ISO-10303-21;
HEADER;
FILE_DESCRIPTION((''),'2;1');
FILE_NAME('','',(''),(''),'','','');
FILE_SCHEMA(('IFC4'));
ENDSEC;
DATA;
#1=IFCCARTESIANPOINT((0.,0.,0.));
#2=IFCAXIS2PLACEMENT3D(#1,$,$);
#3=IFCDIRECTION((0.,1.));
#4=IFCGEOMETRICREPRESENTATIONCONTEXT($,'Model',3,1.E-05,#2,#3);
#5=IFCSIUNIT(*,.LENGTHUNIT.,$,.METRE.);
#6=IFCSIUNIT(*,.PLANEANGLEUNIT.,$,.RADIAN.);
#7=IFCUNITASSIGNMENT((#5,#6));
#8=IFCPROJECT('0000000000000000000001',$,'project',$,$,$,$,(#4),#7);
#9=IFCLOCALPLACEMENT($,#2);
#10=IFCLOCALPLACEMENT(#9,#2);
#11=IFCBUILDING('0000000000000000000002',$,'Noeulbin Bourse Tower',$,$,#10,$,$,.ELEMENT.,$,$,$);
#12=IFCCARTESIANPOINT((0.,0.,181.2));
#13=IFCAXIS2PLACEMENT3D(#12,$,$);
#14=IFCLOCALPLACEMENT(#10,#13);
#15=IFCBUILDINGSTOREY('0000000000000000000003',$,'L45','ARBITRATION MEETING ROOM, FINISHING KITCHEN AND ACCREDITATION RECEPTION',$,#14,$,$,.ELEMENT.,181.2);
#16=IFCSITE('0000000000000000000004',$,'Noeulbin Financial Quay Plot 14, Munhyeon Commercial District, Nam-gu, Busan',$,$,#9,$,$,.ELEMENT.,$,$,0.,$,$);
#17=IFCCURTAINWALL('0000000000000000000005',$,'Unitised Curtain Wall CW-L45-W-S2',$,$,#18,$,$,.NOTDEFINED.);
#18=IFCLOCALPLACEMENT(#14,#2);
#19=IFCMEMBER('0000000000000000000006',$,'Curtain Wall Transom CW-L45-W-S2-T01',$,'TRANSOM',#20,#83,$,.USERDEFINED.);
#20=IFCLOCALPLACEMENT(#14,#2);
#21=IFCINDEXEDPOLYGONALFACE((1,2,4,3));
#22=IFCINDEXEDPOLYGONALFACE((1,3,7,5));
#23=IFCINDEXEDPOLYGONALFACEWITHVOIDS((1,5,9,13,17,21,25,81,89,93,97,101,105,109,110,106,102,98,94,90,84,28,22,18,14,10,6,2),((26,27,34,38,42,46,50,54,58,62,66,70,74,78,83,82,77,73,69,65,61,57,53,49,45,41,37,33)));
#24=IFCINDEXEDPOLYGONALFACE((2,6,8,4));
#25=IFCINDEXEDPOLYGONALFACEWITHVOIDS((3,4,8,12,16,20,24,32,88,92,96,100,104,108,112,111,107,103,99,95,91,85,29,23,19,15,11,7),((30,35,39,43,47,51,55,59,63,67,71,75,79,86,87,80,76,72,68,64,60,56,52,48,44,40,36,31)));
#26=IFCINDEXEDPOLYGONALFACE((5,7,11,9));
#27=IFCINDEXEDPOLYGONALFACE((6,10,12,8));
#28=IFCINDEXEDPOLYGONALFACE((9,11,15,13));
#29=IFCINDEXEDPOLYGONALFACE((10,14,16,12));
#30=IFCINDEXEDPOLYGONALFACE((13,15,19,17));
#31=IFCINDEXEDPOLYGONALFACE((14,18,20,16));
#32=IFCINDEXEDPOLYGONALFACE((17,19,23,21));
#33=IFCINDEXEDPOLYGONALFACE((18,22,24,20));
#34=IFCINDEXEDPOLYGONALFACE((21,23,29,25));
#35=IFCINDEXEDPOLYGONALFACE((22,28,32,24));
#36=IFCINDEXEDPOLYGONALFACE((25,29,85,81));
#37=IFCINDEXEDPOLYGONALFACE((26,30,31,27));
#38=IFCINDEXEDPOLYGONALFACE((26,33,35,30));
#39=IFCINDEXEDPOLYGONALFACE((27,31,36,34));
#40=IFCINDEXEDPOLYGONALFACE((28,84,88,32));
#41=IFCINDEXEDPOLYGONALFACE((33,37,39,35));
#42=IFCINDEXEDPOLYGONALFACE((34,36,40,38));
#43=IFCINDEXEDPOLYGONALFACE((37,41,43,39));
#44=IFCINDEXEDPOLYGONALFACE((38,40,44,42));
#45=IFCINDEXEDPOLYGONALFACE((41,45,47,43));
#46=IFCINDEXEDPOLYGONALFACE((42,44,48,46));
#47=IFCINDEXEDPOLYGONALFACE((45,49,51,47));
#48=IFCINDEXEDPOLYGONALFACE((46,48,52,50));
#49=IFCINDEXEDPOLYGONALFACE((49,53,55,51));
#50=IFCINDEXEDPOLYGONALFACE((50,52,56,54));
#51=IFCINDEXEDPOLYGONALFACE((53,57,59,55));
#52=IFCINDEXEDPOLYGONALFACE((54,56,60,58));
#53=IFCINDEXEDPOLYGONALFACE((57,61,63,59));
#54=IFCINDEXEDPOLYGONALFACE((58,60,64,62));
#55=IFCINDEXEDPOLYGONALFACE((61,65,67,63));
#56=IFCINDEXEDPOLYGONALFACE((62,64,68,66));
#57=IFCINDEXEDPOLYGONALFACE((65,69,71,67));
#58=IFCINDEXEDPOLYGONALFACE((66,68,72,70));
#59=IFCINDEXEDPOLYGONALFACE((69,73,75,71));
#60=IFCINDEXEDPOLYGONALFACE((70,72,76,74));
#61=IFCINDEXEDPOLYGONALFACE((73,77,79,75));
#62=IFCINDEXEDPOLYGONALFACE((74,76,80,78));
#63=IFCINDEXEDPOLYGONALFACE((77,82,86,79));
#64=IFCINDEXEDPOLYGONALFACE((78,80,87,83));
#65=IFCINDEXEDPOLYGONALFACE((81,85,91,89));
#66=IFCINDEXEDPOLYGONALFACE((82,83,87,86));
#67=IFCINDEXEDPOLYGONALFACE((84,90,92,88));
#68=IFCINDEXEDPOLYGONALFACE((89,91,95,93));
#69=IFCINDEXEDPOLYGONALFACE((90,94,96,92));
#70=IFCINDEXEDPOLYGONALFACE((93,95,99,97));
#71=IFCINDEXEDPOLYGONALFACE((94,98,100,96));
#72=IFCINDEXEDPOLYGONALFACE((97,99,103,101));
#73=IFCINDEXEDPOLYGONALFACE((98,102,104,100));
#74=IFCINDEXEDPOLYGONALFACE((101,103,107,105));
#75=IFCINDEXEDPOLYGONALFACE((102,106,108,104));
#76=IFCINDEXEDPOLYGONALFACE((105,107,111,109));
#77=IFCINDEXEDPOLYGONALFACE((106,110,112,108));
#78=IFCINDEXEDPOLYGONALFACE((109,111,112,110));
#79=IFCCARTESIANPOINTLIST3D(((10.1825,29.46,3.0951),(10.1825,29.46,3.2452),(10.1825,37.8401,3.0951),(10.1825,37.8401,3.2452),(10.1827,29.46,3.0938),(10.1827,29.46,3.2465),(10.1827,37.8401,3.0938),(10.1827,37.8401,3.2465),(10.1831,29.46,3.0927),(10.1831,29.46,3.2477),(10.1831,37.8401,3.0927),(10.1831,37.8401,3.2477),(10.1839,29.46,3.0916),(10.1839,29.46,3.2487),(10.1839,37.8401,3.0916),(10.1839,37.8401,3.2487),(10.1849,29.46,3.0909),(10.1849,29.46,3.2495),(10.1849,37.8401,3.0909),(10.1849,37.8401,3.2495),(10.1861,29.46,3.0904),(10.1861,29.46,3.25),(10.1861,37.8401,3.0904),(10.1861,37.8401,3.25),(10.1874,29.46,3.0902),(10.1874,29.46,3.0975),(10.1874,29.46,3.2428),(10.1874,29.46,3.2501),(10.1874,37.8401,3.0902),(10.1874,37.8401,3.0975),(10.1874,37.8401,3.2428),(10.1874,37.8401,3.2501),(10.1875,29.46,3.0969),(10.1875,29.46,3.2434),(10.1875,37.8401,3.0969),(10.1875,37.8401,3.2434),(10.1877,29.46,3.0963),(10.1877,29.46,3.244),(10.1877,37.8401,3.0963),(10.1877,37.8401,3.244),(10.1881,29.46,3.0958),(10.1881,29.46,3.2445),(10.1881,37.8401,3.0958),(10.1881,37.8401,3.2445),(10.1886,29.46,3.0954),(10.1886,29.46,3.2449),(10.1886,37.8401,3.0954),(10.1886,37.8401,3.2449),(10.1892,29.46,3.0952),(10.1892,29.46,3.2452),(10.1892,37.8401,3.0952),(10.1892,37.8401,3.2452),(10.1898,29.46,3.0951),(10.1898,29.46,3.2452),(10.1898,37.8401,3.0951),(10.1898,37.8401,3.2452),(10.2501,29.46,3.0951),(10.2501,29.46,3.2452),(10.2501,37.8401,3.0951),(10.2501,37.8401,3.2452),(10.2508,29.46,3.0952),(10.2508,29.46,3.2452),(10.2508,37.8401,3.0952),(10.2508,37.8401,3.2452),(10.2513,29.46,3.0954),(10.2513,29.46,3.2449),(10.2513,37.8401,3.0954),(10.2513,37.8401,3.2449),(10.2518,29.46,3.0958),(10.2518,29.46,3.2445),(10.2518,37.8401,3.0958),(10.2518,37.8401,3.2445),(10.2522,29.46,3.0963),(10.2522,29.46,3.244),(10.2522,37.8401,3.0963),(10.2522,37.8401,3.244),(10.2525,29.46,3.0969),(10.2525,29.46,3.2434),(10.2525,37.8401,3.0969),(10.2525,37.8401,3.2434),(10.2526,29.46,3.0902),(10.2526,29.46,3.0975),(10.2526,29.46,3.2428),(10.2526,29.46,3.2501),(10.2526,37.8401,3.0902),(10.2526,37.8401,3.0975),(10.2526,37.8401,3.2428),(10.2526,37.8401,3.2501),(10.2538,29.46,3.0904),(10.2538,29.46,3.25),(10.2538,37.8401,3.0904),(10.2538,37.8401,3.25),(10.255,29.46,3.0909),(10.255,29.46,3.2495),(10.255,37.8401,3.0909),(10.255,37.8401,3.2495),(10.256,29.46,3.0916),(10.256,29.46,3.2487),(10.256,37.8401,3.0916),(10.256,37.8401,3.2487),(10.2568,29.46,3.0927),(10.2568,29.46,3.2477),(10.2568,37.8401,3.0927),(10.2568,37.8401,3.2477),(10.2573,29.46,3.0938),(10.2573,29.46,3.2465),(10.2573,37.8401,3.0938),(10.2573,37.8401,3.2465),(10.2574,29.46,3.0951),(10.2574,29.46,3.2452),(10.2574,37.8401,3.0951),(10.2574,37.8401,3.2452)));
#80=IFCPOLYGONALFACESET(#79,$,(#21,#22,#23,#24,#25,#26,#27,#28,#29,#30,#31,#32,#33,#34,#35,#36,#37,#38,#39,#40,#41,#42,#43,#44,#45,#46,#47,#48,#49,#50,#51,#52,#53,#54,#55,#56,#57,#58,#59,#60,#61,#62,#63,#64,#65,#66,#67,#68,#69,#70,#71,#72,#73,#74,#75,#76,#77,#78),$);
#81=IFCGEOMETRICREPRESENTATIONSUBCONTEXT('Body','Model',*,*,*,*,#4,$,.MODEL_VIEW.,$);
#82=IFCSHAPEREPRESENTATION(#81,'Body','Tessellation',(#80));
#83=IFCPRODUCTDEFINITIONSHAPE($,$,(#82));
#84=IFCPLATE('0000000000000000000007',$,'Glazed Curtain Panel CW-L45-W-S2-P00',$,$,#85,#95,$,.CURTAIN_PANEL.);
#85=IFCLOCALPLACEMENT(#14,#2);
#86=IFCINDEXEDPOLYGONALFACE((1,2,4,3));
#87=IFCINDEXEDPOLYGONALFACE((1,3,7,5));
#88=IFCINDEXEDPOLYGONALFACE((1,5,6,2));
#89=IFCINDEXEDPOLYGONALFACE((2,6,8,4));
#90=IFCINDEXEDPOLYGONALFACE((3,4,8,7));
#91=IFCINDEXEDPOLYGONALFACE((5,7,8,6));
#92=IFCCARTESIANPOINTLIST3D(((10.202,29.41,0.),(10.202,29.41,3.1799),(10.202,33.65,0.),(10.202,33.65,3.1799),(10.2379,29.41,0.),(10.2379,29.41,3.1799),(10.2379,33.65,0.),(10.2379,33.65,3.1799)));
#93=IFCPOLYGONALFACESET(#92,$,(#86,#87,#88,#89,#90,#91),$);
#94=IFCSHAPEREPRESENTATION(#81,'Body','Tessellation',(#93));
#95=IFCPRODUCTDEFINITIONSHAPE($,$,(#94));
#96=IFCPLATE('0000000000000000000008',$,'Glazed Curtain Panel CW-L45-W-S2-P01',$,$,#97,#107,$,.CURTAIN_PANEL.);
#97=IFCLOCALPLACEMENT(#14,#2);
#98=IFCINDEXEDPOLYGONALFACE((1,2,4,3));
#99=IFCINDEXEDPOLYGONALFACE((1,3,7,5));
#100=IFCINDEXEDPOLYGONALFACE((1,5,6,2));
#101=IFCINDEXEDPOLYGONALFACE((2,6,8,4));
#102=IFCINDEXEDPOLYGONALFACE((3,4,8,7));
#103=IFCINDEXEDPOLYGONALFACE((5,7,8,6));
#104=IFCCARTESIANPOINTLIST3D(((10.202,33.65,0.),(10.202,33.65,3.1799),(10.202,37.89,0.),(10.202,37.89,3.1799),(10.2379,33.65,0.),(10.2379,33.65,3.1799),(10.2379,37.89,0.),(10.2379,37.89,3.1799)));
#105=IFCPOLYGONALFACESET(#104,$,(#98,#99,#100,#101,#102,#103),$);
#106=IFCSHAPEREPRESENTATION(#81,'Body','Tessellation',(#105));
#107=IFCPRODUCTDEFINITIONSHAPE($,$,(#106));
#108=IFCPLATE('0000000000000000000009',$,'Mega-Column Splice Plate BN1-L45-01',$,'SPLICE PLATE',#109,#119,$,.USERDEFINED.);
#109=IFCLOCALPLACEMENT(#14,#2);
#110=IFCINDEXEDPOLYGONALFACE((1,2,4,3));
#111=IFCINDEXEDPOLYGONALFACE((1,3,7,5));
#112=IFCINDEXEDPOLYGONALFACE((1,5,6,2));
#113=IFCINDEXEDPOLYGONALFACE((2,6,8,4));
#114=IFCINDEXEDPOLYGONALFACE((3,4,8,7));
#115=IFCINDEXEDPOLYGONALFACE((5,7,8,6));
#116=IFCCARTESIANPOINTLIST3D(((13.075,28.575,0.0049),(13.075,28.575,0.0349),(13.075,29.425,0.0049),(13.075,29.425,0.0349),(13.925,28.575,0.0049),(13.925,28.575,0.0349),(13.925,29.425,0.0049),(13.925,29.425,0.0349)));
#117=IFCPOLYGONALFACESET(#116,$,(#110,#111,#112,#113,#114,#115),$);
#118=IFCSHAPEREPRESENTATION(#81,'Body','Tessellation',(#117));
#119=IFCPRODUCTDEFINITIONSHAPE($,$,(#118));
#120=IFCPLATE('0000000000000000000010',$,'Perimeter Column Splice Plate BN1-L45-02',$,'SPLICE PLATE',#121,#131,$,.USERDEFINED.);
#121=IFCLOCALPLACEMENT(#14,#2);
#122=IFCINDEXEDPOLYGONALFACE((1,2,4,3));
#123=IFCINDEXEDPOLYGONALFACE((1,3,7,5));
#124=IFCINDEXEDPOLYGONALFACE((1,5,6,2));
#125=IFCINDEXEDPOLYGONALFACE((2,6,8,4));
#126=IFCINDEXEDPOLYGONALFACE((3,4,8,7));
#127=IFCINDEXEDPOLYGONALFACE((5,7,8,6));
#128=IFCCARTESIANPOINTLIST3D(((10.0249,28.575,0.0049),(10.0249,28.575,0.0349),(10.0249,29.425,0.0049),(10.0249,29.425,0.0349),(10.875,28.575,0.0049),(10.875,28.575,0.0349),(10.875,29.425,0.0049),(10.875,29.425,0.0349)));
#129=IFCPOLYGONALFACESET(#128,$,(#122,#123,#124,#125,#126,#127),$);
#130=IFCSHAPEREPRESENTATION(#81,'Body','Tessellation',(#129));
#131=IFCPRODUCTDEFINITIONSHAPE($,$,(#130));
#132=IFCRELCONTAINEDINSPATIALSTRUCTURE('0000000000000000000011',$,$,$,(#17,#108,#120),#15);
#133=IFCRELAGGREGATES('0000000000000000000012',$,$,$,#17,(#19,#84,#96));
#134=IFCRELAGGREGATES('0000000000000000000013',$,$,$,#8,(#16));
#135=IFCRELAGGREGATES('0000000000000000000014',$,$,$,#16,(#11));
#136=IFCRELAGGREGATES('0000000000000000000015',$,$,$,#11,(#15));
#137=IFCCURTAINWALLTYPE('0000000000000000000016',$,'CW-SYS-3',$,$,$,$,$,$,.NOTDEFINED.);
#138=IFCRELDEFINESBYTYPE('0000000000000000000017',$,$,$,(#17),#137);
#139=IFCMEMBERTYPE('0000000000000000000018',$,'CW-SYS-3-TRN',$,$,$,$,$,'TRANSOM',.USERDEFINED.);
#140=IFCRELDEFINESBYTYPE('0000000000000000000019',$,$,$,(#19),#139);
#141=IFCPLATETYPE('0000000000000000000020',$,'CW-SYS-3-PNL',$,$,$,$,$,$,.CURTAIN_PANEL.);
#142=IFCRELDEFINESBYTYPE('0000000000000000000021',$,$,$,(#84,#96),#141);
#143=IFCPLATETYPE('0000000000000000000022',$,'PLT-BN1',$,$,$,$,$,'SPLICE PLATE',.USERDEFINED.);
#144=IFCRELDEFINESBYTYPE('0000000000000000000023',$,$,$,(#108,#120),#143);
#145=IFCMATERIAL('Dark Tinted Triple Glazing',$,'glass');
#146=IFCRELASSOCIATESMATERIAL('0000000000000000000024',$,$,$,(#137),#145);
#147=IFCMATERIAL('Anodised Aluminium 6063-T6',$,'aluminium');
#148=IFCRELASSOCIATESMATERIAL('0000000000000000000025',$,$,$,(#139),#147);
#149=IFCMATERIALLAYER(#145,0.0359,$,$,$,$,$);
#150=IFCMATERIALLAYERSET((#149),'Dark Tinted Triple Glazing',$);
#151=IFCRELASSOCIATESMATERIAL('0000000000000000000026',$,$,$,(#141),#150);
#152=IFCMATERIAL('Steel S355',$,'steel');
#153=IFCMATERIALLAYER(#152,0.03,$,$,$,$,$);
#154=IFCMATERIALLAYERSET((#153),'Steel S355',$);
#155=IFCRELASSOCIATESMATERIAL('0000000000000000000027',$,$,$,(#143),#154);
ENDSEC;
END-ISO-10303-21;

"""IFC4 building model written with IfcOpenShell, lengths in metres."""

from ifc_helpers import new_model, si_unit, direction, frame, origin, origin_2d, place, context, subcontext, project, spatial, rectangle, hollow_rectangle, extrude, material, layer, layer_set, material_profile, profile_set, type_object, element, aggregate, save


model = new_model("IFC4")

# Units and contexts
model_context = context("Model", 3, precision=1e-05, world=origin(), true_north=direction((0.0, 1.0)))
body_context = subcontext(model_context, "Body", "Model", "MODEL_VIEW")
ifc_project = project(units=[si_unit("LENGTHUNIT", "METRE"), si_unit("PLANEANGLEUNIT", "RADIAN")], contexts=[model_context])

# Site, building, storey
site_placement = place(None, origin())
site = spatial("IfcSite", under=ifc_project, at=site_placement, Name="Noeulbin Financial Quay Plot 14, Munhyeon Commercial District, Nam-gu, Busan", CompositionType="ELEMENT", RefElevation=0.0)
building_placement = place(site_placement, origin())
building = spatial("IfcBuilding", under=site, at=building_placement, Name="Noeulbin Bourse Tower", CompositionType="ELEMENT")
storey_placement = place(building_placement, frame((0.0, 0.0, 181.2)))
storey = spatial("IfcBuildingStorey", under=building, at=storey_placement, Name="L45", Description="ARBITRATION MEETING ROOM, FINISHING KITCHEN AND ACCREDITATION RECEPTION", CompositionType="ELEMENT", Elevation=181.2)

# Shared definitions
ifc_material_1 = material(Name="Steel S355", Category="steel")

# Curtain wall, member, plates
ifc_material_2 = material(Name="Dark Tinted Triple Glazing", Category="glass")
curtain_wall_type = type_object("IfcCurtainWallType", Name="CW-SYS-3", PredefinedType="NOTDEFINED", material=ifc_material_2)
curtain_wall_placement = place(storey_placement, origin())
curtain_wall = element("IfcCurtainWall", 1, at=curtain_wall_placement, inside=storey, type_object=curtain_wall_type, Name="Unitised Curtain Wall CW-L45-W-S2", PredefinedType="NOTDEFINED")
ifc_material_3 = material(Name="Anodised Aluminium 6063-T6", Category="aluminium")
ifc_material_profile_1 = material_profile(ifc_material_3, hollow_rectangle(XDim=0.075, YDim=0.1599, WallThickness=0.0049, InnerFilletRadius=0.0024, OuterFilletRadius=0.0049, at=origin_2d()), Name="ALU-TRAN-75x160x5", Category="LoadBearing")
ifc_profile_set_1 = profile_set([ifc_material_profile_1], Name="Anodised Aluminium 6063-T6")
member_type_1 = type_object("IfcMemberType", Name="CW-SYS-3-TRN", ElementType="TRANSOM", PredefinedType="USERDEFINED", material=ifc_profile_set_1)
member_1_placement = place(storey_placement, frame((10.22, 29.46, 3.1702), z_axis=(0.0, 1.0, 0.0), x_axis=(-1.0, 0.0, 0.0)))
member_1 = element("IfcMember", 2, at=member_1_placement, type_object=member_type_1, Name="Curtain Wall Transom CW-L45-W-S2-T01", ObjectType="TRANSOM", PredefinedType="USERDEFINED", context=body_context, shape_type="SweptSolid", body=[
    extrude(hollow_rectangle(XDim=0.075, YDim=0.1599, WallThickness=0.0049, InnerFilletRadius=0.0024, OuterFilletRadius=0.0049, at=origin_2d()), origin(), (0.0, 0.0, 1.0), 8.3801),
])
ifc_layer_1 = layer(ifc_material_2, 0.0359)
ifc_layer_set_1 = layer_set([ifc_layer_1], Name="Dark Tinted Triple Glazing")
plate_type_1 = type_object("IfcPlateType", Name="CW-SYS-3-PNL", PredefinedType="CURTAIN_PANEL", material=ifc_layer_set_1)
plate_1_placement = place(storey_placement, frame((10.22, 31.53, 0.0), z_axis=(0.0, 0.0, 1.0), x_axis=(0.0, 1.0, 0.0)))
plate_1 = element("IfcPlate", 3, at=plate_1_placement, type_object=plate_type_1, Name="Glazed Curtain Panel CW-L45-W-S2-P00", PredefinedType="CURTAIN_PANEL", context=body_context, shape_type="SweptSolid", body=[
    extrude(rectangle(XDim=4.24, YDim=0.0359, at=origin_2d()), origin(), (0.0, 0.0, 1.0), 3.1799),
])
plate_2_placement = place(storey_placement, frame((10.22, 35.77, 0.0), z_axis=(0.0, 0.0, 1.0), x_axis=(0.0, 1.0, 0.0)))
plate_2 = element("IfcPlate", 4, at=plate_2_placement, type_object=plate_type_1, Name="Glazed Curtain Panel CW-L45-W-S2-P01", PredefinedType="CURTAIN_PANEL", context=body_context, shape_type="SweptSolid", body=[
    extrude(rectangle(XDim=4.24, YDim=0.0359, at=origin_2d()), origin(), (0.0, 0.0, 1.0), 3.1799),
])
aggregate(curtain_wall, [member_1, plate_1, plate_2])

# Plates
ifc_layer_2 = layer(ifc_material_1, 0.03)
ifc_layer_set_2 = layer_set([ifc_layer_2], Name="Steel S355")
plate_type_2 = type_object("IfcPlateType", Name="PLT-BN1", ElementType="SPLICE PLATE", PredefinedType="USERDEFINED", material=ifc_layer_set_2)
for number, where, z_axis, x_axis, name in (
    (5, (13.5, 29.0, 0.0049), (0.0, 0.0, 1.0), (1.0, 0.0, 0.0), "Mega-Column Splice Plate BN1-L45-01"),
    (6, (10.45, 29.0, 0.0049), (0.0, 0.0, 1.0), (1.0, 0.0, 0.0), "Perimeter Column Splice Plate BN1-L45-02"),
):
    element("IfcPlate", number, at=place(storey_placement, frame(where, z_axis=z_axis, x_axis=x_axis)), inside=storey, type_object=plate_type_2, Name=name, ObjectType="SPLICE PLATE", PredefinedType="USERDEFINED", context=body_context, shape_type="SweptSolid", body=[
        extrude(rectangle(XDim=0.8501, YDim=0.8501, at=origin_2d()), origin(), (0.0, 0.0, 1.0), 0.03),
    ])

save(model, "model.ifc")
